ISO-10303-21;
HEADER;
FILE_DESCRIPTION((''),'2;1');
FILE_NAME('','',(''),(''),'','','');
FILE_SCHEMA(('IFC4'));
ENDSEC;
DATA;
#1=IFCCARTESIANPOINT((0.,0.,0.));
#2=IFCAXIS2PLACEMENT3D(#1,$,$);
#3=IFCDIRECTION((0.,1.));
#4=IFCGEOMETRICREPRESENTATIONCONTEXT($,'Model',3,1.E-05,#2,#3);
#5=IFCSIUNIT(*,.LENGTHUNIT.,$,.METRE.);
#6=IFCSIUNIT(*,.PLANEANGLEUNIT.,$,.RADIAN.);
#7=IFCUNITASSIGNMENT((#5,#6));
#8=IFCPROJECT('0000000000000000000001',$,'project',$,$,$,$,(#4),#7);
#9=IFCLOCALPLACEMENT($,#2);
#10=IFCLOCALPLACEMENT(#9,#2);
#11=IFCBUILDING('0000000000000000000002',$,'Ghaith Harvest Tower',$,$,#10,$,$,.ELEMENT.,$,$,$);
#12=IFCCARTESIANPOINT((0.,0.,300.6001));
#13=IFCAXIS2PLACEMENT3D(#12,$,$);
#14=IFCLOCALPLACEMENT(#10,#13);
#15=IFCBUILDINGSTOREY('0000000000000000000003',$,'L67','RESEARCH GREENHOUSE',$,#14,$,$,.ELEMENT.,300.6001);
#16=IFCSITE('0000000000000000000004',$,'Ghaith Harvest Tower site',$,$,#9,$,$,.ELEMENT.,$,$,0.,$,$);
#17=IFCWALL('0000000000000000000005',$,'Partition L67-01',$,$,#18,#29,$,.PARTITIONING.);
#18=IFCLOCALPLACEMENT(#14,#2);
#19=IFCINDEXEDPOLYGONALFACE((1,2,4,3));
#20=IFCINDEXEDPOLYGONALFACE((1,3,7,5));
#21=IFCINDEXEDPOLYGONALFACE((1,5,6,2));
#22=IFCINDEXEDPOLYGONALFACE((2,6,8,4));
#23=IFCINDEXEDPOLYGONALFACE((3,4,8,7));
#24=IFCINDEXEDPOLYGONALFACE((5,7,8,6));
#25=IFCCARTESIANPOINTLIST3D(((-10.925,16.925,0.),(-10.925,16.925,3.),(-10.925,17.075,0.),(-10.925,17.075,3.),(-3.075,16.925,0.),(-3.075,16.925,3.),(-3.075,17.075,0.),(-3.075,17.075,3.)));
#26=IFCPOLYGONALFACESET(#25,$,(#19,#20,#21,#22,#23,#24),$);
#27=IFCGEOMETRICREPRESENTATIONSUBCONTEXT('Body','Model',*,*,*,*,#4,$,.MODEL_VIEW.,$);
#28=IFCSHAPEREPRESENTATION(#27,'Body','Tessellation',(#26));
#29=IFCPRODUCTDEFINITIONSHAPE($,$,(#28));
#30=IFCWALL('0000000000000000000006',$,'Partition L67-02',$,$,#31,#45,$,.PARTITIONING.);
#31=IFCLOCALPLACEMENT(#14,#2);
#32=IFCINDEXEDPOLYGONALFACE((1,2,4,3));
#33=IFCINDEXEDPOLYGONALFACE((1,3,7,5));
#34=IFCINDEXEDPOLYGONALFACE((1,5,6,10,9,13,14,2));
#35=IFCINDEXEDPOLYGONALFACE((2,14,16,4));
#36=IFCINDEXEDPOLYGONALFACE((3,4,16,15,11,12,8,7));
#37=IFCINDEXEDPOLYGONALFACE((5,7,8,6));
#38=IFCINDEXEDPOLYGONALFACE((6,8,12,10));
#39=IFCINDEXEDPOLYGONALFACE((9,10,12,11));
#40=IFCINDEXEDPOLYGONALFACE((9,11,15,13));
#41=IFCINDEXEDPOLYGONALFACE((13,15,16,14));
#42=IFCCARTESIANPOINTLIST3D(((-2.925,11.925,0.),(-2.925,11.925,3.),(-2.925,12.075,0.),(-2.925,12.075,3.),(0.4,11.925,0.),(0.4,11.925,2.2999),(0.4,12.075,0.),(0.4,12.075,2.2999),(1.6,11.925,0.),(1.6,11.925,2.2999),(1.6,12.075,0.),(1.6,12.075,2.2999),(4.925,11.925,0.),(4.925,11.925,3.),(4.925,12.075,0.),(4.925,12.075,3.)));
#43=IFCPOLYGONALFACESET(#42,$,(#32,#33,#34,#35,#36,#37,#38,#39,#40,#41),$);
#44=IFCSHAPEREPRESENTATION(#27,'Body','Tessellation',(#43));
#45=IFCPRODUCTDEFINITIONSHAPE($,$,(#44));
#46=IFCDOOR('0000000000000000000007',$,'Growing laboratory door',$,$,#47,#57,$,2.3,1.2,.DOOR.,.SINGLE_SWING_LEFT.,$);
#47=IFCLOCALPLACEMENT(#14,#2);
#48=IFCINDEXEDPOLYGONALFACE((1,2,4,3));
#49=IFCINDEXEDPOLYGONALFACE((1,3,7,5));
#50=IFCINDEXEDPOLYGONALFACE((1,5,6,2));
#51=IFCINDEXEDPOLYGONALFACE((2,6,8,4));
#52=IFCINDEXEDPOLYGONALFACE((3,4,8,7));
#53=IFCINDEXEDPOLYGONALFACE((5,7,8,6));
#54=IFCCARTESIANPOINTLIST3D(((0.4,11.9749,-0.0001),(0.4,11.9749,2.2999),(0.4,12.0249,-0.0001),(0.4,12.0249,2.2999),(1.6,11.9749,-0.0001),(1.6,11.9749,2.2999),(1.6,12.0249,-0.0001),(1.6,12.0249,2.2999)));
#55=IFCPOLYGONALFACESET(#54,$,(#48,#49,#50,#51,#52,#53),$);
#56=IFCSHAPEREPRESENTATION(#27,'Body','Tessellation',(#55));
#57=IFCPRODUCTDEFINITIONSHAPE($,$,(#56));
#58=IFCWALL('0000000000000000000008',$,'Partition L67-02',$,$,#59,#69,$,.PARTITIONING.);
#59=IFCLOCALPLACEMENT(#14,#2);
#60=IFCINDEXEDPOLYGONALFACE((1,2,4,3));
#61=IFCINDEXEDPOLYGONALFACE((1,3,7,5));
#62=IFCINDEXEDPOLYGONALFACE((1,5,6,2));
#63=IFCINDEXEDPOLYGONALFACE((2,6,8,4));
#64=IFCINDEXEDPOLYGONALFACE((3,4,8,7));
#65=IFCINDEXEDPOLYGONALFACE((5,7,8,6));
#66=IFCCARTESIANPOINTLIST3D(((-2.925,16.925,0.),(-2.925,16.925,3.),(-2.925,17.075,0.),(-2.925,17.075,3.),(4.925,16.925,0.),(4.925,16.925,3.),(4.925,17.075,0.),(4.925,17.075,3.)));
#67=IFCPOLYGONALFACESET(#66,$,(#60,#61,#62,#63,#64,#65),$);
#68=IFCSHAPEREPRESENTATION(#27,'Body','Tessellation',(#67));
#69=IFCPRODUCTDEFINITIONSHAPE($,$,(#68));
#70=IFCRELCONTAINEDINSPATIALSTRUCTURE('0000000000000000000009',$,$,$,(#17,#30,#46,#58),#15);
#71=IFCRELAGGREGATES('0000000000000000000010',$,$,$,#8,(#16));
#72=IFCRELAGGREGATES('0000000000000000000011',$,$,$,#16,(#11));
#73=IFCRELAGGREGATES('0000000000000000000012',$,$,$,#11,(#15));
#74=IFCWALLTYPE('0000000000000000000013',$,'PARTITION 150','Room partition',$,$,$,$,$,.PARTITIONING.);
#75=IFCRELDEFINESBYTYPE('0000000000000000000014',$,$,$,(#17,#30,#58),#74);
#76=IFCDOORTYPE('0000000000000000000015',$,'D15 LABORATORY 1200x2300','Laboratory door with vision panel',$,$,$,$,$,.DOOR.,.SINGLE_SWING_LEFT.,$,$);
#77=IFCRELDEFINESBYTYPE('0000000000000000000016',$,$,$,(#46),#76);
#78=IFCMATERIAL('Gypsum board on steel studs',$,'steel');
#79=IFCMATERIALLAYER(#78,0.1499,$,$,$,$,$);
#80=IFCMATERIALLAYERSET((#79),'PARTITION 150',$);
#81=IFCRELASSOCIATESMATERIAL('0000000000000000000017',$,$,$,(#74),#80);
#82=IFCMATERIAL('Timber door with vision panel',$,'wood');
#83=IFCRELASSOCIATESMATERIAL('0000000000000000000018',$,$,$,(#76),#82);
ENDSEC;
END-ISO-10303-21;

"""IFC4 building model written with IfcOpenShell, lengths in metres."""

from ifc_helpers import new_model, si_unit, direction, frame, frame_2d, origin, place, context, subcontext, project, spatial, rectangle, extrude, material, layer, layer_set, type_object, element, fill, save


model = new_model("IFC4")

# Units and contexts
model_context = context("Model", 3, precision=1e-05, world=origin(), true_north=direction((0.0, 1.0)))
body_context = subcontext(model_context, "Body", "Model", "MODEL_VIEW")
ifc_project = project(units=[si_unit("LENGTHUNIT", "METRE"), si_unit("PLANEANGLEUNIT", "RADIAN")], contexts=[model_context])

# Site, building, storey
site_placement = place(None, origin())
site = spatial("IfcSite", under=ifc_project, at=site_placement, Name="Ghaith Harvest Tower site", CompositionType="ELEMENT", RefElevation=0.0)
building_placement = place(site_placement, origin())
building = spatial("IfcBuilding", under=site, at=building_placement, Name="Ghaith Harvest Tower", CompositionType="ELEMENT")
storey_placement = place(building_placement, frame((0.0, 0.0, 300.6001)))
storey = spatial("IfcBuildingStorey", under=building, at=storey_placement, Name="L67", Description="RESEARCH GREENHOUSE", CompositionType="ELEMENT", Elevation=300.6001)

# Shared definitions
ifc_material_1 = material(Name="Gypsum board on steel studs", Category="steel")
ifc_layer_1 = layer(ifc_material_1, 0.1499)
ifc_layer_set_1 = layer_set([ifc_layer_1], Name="PARTITION 150")
wall_type = type_object("IfcWallType", Name="PARTITION 150", Description="Room partition", PredefinedType="PARTITIONING", material=ifc_layer_set_1)

# Shared definitions
ifc_material_2 = material(Name="Timber door with vision panel", Category="wood")
door_type = type_object("IfcDoorType", Name="D15 LABORATORY 1200x2300", Description="Laboratory door with vision panel", OperationType="SINGLE_SWING_LEFT", PredefinedType="DOOR", material=ifc_material_2)

# Wall
wall_1_placement = place(storey_placement, frame((-10.925, 17.0, 0.0), z_axis=(0.0, 0.0, 1.0), x_axis=(1.0, 0.0, 0.0)))
element("IfcWall", 1, at=wall_1_placement, inside=storey, type_object=wall_type, Name="Partition L67-01", PredefinedType="PARTITIONING", context=body_context, shape_type="SweptSolid", body=[
    extrude(rectangle(XDim=7.8501, YDim=0.1499, at=frame_2d((3.925, 0.0))), origin(), (0.0, 0.0, 1.0), 3.0),
])

# Wall, opening, door
wall_2_placement = place(storey_placement, frame((-2.925, 12.0, 0.0), z_axis=(0.0, 0.0, 1.0), x_axis=(1.0, 0.0, 0.0)))
wall_2 = element("IfcWall", 2, at=wall_2_placement, inside=storey, type_object=wall_type, Name="Partition L67-02", PredefinedType="PARTITIONING", context=body_context, shape_type="SweptSolid", body=[
    extrude(rectangle(XDim=7.8501, YDim=0.1499, at=frame_2d((3.925, 0.0))), origin(), (0.0, 0.0, 1.0), 3.0),
])
opening_1_placement = place(wall_2_placement, frame((3.325, 0.0, 0.0)))
opening_1 = element("IfcOpeningElement", 3, at=opening_1_placement, cuts=wall_2, PredefinedType="OPENING", context=body_context, shape_type="SweptSolid", body=[
    extrude(rectangle(XDim=1.2, YDim=2.3, at=frame_2d((0.6001, 1.1499))), frame((0.0, 0.085, 0.0), z_axis=(0.0, -1.0, 0.0), x_axis=(1.0, 0.0, 0.0)), (0.0, 0.0, 1.0), 0.1699),
])
door_1_placement = place(opening_1_placement, origin())
door_1 = element("IfcDoor", 4, at=door_1_placement, inside=storey, type_object=door_type, Name="Growing laboratory door", OperationType="SINGLE_SWING_LEFT", OverallHeight=2.3, OverallWidth=1.2, PredefinedType="DOOR", context=body_context, shape_type="SweptSolid", body=[
    extrude(rectangle(XDim=1.2, YDim=2.3, at=frame_2d((0.6001, 1.1499))), frame((0.0, 0.0249, 0.0), z_axis=(0.0, -1.0, 0.0), x_axis=(1.0, 0.0, 0.0)), (0.0, 0.0, 1.0), 0.05),
])
fill(opening_1, door_1)

# Wall
wall_3_placement = place(storey_placement, frame((-2.925, 17.0, 0.0), z_axis=(0.0, 0.0, 1.0), x_axis=(1.0, 0.0, 0.0)))
element("IfcWall", 5, at=wall_3_placement, inside=storey, type_object=wall_type, Name="Partition L67-02", PredefinedType="PARTITIONING", context=body_context, shape_type="SweptSolid", body=[
    extrude(rectangle(XDim=7.8501, YDim=0.1499, at=frame_2d((3.925, 0.0))), origin(), (0.0, 0.0, 1.0), 3.0),
])

save(model, "model.ifc")
